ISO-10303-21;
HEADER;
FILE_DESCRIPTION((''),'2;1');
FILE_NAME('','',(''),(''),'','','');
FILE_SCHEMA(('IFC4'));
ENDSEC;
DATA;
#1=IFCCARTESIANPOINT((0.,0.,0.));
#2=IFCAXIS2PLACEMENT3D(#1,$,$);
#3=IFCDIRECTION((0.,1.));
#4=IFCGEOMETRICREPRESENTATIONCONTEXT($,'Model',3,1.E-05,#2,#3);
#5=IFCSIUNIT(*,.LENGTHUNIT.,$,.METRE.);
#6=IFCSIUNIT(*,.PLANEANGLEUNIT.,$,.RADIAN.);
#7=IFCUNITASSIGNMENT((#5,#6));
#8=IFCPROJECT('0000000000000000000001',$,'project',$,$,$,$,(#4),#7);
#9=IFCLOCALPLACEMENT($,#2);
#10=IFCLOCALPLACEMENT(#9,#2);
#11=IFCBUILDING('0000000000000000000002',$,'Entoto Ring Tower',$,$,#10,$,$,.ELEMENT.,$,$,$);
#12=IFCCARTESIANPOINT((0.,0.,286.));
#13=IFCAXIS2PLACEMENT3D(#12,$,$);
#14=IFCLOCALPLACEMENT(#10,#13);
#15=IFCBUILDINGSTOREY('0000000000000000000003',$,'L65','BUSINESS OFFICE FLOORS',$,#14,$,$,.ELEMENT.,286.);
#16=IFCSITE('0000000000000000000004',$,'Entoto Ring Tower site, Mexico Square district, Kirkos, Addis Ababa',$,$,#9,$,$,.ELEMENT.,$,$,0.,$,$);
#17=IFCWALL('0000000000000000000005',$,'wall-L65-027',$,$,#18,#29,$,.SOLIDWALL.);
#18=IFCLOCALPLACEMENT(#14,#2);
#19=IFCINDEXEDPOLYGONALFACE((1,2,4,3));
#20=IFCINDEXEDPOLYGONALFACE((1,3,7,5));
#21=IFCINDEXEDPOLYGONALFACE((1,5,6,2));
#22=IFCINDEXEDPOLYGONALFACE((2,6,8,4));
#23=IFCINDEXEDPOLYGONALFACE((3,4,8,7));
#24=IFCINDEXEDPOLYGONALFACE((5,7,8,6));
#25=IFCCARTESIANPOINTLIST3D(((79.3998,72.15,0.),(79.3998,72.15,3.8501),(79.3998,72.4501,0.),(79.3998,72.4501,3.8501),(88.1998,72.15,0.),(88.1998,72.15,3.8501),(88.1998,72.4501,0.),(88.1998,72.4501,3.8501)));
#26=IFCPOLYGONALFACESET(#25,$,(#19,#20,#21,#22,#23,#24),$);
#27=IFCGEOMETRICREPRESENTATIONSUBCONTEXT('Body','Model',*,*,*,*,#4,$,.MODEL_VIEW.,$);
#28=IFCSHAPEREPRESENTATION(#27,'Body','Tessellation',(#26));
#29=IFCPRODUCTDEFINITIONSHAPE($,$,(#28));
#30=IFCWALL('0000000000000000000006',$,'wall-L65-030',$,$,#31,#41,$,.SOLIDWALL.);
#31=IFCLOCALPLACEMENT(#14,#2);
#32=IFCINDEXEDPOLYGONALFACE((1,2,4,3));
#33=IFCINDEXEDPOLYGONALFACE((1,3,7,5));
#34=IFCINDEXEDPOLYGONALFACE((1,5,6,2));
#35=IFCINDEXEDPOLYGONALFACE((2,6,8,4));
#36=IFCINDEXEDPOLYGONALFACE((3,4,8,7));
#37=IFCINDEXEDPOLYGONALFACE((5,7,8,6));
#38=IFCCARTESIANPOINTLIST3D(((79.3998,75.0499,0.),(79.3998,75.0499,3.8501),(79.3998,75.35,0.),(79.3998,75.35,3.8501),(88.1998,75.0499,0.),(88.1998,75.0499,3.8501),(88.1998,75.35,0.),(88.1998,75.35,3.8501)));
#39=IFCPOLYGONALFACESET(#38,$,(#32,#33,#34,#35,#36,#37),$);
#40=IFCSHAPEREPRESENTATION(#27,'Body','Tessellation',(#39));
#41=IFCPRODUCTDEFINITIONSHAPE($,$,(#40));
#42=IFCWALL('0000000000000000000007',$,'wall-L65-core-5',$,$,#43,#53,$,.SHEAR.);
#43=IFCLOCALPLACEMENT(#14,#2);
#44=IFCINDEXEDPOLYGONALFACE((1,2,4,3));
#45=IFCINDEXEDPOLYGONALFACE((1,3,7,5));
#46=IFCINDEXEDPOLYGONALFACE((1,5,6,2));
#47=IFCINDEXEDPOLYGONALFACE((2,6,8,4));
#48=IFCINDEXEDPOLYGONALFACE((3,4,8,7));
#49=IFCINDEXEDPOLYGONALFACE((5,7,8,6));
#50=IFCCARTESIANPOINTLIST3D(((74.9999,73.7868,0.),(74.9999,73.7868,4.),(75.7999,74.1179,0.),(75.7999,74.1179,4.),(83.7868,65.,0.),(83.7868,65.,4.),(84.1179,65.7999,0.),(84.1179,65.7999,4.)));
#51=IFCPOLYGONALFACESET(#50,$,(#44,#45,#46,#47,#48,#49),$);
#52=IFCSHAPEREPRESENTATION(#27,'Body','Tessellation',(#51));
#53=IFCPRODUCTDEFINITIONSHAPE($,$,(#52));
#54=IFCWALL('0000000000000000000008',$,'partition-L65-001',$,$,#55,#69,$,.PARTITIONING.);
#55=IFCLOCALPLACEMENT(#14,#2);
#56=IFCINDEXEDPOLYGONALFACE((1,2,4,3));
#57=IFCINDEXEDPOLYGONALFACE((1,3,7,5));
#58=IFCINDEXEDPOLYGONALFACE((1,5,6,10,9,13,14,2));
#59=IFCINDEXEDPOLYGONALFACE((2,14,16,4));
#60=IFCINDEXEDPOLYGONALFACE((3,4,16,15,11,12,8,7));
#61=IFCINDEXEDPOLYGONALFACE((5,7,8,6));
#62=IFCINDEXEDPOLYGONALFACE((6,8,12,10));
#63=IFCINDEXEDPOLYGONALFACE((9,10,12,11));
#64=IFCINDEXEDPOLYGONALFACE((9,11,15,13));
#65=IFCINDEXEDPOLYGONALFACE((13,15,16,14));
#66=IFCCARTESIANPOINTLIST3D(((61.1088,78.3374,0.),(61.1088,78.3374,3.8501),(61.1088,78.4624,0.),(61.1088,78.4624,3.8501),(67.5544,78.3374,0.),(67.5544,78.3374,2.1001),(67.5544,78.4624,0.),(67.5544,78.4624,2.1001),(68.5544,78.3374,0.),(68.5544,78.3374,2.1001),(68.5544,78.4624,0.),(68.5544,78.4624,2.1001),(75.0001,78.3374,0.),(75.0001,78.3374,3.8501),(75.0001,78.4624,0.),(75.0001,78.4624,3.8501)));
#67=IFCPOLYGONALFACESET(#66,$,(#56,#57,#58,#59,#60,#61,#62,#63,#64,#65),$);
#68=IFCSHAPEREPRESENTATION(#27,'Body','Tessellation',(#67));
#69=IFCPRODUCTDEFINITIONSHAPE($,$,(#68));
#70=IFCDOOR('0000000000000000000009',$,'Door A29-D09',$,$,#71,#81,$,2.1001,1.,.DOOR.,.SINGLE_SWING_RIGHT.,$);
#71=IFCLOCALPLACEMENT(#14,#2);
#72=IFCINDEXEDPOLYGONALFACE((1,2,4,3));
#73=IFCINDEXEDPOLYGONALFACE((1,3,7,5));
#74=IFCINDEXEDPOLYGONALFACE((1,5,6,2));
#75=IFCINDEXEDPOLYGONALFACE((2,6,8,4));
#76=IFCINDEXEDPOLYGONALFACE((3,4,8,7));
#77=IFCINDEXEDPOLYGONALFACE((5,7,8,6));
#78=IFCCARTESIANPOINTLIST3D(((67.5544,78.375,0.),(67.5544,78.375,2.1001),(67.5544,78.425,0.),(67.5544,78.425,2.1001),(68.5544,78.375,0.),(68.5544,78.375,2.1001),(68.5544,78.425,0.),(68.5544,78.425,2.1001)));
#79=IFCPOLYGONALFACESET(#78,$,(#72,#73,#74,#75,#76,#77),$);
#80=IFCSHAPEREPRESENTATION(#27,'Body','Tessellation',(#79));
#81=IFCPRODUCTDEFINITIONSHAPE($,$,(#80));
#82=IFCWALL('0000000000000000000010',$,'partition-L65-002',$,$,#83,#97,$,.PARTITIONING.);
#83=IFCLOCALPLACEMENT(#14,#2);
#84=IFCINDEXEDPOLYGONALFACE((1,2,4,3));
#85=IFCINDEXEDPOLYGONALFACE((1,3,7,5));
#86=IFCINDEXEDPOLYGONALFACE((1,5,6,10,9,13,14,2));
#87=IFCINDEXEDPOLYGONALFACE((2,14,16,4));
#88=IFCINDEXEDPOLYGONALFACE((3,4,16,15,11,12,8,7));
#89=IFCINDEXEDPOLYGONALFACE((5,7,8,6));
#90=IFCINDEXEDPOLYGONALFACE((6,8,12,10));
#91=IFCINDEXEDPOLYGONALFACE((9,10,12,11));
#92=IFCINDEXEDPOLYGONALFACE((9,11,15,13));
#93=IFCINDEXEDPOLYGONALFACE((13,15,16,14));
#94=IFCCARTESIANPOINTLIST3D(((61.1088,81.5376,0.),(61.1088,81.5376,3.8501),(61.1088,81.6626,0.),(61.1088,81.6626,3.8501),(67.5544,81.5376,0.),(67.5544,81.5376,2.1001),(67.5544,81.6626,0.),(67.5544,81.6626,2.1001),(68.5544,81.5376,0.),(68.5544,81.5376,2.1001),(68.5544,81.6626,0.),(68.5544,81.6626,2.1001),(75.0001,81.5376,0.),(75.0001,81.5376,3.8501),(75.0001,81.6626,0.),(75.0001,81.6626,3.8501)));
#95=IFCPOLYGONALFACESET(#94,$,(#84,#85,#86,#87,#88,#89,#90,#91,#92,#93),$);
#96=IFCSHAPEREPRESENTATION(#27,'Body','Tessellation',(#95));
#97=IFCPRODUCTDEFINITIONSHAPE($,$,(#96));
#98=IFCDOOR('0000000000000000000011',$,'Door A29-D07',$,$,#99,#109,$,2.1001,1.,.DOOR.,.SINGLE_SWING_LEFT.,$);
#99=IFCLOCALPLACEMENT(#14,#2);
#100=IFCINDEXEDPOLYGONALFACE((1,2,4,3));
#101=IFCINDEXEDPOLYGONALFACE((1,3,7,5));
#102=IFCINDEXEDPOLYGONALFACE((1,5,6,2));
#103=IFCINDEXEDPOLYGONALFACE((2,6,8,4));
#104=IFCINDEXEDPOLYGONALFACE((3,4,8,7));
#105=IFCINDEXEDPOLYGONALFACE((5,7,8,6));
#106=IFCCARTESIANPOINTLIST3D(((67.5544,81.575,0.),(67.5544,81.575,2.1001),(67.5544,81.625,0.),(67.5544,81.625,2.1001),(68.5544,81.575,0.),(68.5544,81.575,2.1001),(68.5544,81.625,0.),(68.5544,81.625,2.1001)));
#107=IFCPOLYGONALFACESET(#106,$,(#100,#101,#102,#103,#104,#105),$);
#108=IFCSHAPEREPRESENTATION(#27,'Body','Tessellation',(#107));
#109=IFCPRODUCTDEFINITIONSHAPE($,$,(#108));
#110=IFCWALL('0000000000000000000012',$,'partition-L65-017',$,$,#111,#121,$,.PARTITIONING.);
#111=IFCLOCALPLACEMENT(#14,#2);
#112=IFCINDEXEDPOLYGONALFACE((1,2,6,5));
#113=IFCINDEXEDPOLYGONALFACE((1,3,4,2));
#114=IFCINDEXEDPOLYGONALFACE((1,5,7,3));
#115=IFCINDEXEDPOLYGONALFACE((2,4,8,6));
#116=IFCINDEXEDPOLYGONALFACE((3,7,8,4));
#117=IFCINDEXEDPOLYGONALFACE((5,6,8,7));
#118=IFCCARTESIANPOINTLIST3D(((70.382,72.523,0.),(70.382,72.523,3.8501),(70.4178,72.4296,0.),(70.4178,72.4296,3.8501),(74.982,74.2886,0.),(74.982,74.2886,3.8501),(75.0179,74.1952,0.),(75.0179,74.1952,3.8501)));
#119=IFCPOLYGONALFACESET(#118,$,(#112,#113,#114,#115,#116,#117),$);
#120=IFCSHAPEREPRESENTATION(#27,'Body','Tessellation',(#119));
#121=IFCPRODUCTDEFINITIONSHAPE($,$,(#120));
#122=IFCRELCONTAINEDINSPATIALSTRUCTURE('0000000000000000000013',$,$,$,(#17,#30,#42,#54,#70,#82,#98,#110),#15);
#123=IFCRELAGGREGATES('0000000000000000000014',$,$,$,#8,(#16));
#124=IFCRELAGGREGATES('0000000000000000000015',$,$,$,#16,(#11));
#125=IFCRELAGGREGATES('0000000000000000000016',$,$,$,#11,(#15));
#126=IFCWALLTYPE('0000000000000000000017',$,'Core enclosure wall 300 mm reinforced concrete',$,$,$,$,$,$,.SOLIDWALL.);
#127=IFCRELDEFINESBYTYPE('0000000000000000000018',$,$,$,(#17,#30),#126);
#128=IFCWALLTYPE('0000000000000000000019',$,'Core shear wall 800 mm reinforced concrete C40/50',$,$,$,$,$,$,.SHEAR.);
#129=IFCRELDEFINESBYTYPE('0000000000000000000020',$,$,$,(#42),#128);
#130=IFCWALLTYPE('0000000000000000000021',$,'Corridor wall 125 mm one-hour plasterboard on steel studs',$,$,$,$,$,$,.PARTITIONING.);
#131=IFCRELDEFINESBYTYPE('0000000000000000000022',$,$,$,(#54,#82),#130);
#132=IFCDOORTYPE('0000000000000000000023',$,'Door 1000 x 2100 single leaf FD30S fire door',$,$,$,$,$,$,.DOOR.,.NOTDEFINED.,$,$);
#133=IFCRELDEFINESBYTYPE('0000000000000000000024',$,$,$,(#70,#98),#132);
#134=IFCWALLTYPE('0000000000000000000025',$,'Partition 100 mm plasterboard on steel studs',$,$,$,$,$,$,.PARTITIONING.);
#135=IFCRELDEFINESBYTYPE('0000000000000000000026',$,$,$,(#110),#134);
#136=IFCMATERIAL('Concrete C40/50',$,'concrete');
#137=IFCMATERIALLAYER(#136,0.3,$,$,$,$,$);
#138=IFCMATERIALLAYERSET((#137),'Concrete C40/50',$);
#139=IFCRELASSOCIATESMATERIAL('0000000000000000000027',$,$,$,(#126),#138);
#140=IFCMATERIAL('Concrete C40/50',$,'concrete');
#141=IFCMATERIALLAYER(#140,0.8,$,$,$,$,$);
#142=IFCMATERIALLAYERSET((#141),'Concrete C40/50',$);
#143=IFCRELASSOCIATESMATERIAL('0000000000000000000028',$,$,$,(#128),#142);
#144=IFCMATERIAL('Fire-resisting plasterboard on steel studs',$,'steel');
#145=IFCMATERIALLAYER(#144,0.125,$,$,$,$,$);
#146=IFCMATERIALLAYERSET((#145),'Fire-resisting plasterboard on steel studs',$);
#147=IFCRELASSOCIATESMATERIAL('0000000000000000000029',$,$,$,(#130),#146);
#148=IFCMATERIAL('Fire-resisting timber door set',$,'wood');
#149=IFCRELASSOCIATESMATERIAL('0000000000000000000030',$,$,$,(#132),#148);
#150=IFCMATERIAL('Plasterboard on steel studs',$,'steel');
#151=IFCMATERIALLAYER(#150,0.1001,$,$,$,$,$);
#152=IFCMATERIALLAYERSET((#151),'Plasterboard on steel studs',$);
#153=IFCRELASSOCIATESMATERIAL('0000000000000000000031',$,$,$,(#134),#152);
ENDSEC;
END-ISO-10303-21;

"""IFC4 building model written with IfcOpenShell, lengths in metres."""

from ifc_helpers import new_model, si_unit, direction, frame, frame_2d, origin, place, context, subcontext, project, spatial, polyline, rectangle, outline, extrude, material, layer, layer_set, type_object, element, fill, save


model = new_model("IFC4")

# Units and contexts
model_context = context("Model", 3, precision=1e-05, world=origin(), true_north=direction((0.0, 1.0)))
body_context = subcontext(model_context, "Body", "Model", "MODEL_VIEW")
ifc_project = project(units=[si_unit("LENGTHUNIT", "METRE"), si_unit("PLANEANGLEUNIT", "RADIAN")], contexts=[model_context])

# Site, building, storey
site_placement = place(None, origin())
site = spatial("IfcSite", under=ifc_project, at=site_placement, Name="Entoto Ring Tower site, Mexico Square district, Kirkos, Addis Ababa", CompositionType="ELEMENT", RefElevation=0.0)
building_placement = place(site_placement, origin())
building = spatial("IfcBuilding", under=site, at=building_placement, Name="Entoto Ring Tower", CompositionType="ELEMENT")
storey_placement = place(building_placement, frame((0.0, 0.0, 286.0)))
storey = spatial("IfcBuildingStorey", under=building, at=storey_placement, Name="L65", Description="BUSINESS OFFICE FLOORS", CompositionType="ELEMENT", Elevation=286.0)

# Walls
ifc_material_1 = material(Name="Concrete C40/50", Category="concrete")
ifc_layer_1 = layer(ifc_material_1, 0.3)
ifc_layer_set_1 = layer_set([ifc_layer_1], Name="Concrete C40/50")
wall_type_1 = type_object("IfcWallType", Name="Core enclosure wall 300 mm reinforced concrete", PredefinedType="SOLIDWALL", material=ifc_layer_set_1)
for number, where, z_axis, x_axis, name in (
    (1, (79.3999, 72.3, 0.0), (0.0, 0.0, 1.0), (1.0, 0.0, 0.0), "wall-L65-027"),
    (2, (79.3999, 75.2, 0.0), (0.0, 0.0, 1.0), (1.0, 0.0, 0.0), "wall-L65-030"),
):
    element("IfcWall", number, at=place(storey_placement, frame(where, z_axis=z_axis, x_axis=x_axis)), inside=storey, type_object=wall_type_1, Name=name, PredefinedType="SOLIDWALL", context=body_context, shape_type="SweptSolid", body=[
        extrude(rectangle(XDim=8.8, YDim=0.3, at=frame_2d((4.3999, 0.0))), origin(), (0.0, 0.0, 1.0), 3.8501),
    ])
ifc_material_2 = material(Name="Concrete C40/50", Category="concrete")
ifc_layer_2 = layer(ifc_material_2, 0.8)
ifc_layer_set_2 = layer_set([ifc_layer_2], Name="Concrete C40/50")
wall_type_2 = type_object("IfcWallType", Name="Core shear wall 800 mm reinforced concrete C40/50", PredefinedType="SHEAR", material=ifc_layer_set_2)
wall_1_placement = place(storey_placement, frame((75.3999, 73.9524, 0.0), z_axis=(0.0, 0.0, 1.0), x_axis=(0.707107, -0.707107, 0.0)))
element("IfcWall", 3, at=wall_1_placement, inside=storey, type_object=wall_type_2, Name="wall-L65-core-5", PredefinedType="SHEAR", context=body_context, shape_type="SweptSolid", body=[
    extrude(outline(polyline([(-0.1658, -0.3999), (12.2607, -0.3999), (11.9292, 0.3999), (0.1658, 0.3999), (-0.1658, -0.3999)])), origin(), (0.0, 0.0, 1.0), 4.0),
])

# Walls, openings, doors
ifc_material_3 = material(Name="Fire-resisting plasterboard on steel studs", Category="steel")
ifc_layer_3 = layer(ifc_material_3, 0.125)
ifc_layer_set_3 = layer_set([ifc_layer_3], Name="Fire-resisting plasterboard on steel studs")
wall_type_3 = type_object("IfcWallType", Name="Corridor wall 125 mm one-hour plasterboard on steel studs", PredefinedType="PARTITIONING", material=ifc_layer_set_3)
wall_2_placement = place(storey_placement, frame((61.1086, 78.3999, 0.0), z_axis=(0.0, 0.0, 1.0), x_axis=(1.0, 0.0, 0.0)))
wall_2 = element("IfcWall", 4, at=wall_2_placement, inside=storey, type_object=wall_type_3, Name="partition-L65-001", PredefinedType="PARTITIONING", context=body_context, shape_type="SweptSolid", body=[
    extrude(rectangle(XDim=13.8914, YDim=0.125, at=frame_2d((6.9458, 0.0))), origin(), (0.0, 0.0, 1.0), 3.8501),
])
opening_1_placement = place(wall_2_placement, frame((6.4458, 0.0, 0.0)))
opening_1 = element("IfcOpeningElement", 5, at=opening_1_placement, cuts=wall_2, PredefinedType="OPENING", context=body_context, shape_type="SweptSolid", body=[
    extrude(rectangle(XDim=1.0, YDim=2.1001, at=frame_2d((0.5, 1.05))), frame((0.0, 0.0725, 0.0), z_axis=(0.0, -1.0, 0.0), x_axis=(1.0, 0.0, 0.0)), (0.0, 0.0, 1.0), 0.145),
])
ifc_material_4 = material(Name="Fire-resisting timber door set", Category="wood")
door_type = type_object("IfcDoorType", Name="Door 1000 x 2100 single leaf FD30S fire door", OperationType="NOTDEFINED", PredefinedType="DOOR", material=ifc_material_4)
door_1_placement = place(opening_1_placement, frame((1.0, 0.0, 0.0), z_axis=(0.0, 0.0, 1.0), x_axis=(-1.0, 0.0, 0.0)))
door_1 = element("IfcDoor", 6, at=door_1_placement, inside=storey, type_object=door_type, Name="Door A29-D09", OperationType="SINGLE_SWING_RIGHT", OverallHeight=2.1001, OverallWidth=1.0, PredefinedType="DOOR", context=body_context, shape_type="SweptSolid", body=[
    extrude(rectangle(XDim=1.0, YDim=2.1001, at=frame_2d((0.5, 1.05))), frame((0.0, 0.0249, 0.0), z_axis=(0.0, -1.0, 0.0), x_axis=(1.0, 0.0, 0.0)), (0.0, 0.0, 1.0), 0.05),
])
fill(opening_1, door_1)
wall_3_placement = place(storey_placement, frame((61.1086, 81.6001, 0.0), z_axis=(0.0, 0.0, 1.0), x_axis=(1.0, 0.0, 0.0)))
wall_3 = element("IfcWall", 7, at=wall_3_placement, inside=storey, type_object=wall_type_3, Name="partition-L65-002", PredefinedType="PARTITIONING", context=body_context, shape_type="SweptSolid", body=[
    extrude(rectangle(XDim=13.8914, YDim=0.125, at=frame_2d((6.9458, 0.0))), origin(), (0.0, 0.0, 1.0), 3.8501),
])
opening_2_placement = place(wall_3_placement, frame((6.4458, 0.0, 0.0)))
opening_2 = element("IfcOpeningElement", 8, at=opening_2_placement, cuts=wall_3, PredefinedType="OPENING", context=body_context, shape_type="SweptSolid", body=[
    extrude(rectangle(XDim=1.0, YDim=2.1001, at=frame_2d((0.5, 1.05))), frame((0.0, 0.0725, 0.0), z_axis=(0.0, -1.0, 0.0), x_axis=(1.0, 0.0, 0.0)), (0.0, 0.0, 1.0), 0.145),
])
door_2_placement = place(opening_2_placement, origin())
door_2 = element("IfcDoor", 9, at=door_2_placement, inside=storey, type_object=door_type, Name="Door A29-D07", OperationType="SINGLE_SWING_LEFT", OverallHeight=2.1001, OverallWidth=1.0, PredefinedType="DOOR", context=body_context, shape_type="SweptSolid", body=[
    extrude(rectangle(XDim=1.0, YDim=2.1001, at=frame_2d((0.5, 1.05))), frame((0.0, 0.0249, 0.0), z_axis=(0.0, -1.0, 0.0), x_axis=(1.0, 0.0, 0.0)), (0.0, 0.0, 1.0), 0.05),
])
fill(opening_2, door_2)

# Wall
ifc_material_5 = material(Name="Plasterboard on steel studs", Category="steel")
ifc_layer_4 = layer(ifc_material_5, 0.1001)
ifc_layer_set_4 = layer_set([ifc_layer_4], Name="Plasterboard on steel studs")
wall_type_4 = type_object("IfcWallType", Name="Partition 100 mm plasterboard on steel studs", PredefinedType="PARTITIONING", material=ifc_layer_set_4)
wall_4_placement = place(storey_placement, frame((70.3999, 72.4763, 0.0), z_axis=(0.0, 0.0, 1.0), x_axis=(0.933593, 0.358335, 0.0)))
element("IfcWall", 10, at=wall_4_placement, inside=storey, type_object=wall_type_4, Name="partition-L65-017", PredefinedType="PARTITIONING", context=body_context, shape_type="SweptSolid", body=[
    extrude(rectangle(XDim=4.9272, YDim=0.1001, at=frame_2d((2.4636, 0.0))), origin(), (0.0, 0.0, 1.0), 3.8501),
])

save(model, "model.ifc")
